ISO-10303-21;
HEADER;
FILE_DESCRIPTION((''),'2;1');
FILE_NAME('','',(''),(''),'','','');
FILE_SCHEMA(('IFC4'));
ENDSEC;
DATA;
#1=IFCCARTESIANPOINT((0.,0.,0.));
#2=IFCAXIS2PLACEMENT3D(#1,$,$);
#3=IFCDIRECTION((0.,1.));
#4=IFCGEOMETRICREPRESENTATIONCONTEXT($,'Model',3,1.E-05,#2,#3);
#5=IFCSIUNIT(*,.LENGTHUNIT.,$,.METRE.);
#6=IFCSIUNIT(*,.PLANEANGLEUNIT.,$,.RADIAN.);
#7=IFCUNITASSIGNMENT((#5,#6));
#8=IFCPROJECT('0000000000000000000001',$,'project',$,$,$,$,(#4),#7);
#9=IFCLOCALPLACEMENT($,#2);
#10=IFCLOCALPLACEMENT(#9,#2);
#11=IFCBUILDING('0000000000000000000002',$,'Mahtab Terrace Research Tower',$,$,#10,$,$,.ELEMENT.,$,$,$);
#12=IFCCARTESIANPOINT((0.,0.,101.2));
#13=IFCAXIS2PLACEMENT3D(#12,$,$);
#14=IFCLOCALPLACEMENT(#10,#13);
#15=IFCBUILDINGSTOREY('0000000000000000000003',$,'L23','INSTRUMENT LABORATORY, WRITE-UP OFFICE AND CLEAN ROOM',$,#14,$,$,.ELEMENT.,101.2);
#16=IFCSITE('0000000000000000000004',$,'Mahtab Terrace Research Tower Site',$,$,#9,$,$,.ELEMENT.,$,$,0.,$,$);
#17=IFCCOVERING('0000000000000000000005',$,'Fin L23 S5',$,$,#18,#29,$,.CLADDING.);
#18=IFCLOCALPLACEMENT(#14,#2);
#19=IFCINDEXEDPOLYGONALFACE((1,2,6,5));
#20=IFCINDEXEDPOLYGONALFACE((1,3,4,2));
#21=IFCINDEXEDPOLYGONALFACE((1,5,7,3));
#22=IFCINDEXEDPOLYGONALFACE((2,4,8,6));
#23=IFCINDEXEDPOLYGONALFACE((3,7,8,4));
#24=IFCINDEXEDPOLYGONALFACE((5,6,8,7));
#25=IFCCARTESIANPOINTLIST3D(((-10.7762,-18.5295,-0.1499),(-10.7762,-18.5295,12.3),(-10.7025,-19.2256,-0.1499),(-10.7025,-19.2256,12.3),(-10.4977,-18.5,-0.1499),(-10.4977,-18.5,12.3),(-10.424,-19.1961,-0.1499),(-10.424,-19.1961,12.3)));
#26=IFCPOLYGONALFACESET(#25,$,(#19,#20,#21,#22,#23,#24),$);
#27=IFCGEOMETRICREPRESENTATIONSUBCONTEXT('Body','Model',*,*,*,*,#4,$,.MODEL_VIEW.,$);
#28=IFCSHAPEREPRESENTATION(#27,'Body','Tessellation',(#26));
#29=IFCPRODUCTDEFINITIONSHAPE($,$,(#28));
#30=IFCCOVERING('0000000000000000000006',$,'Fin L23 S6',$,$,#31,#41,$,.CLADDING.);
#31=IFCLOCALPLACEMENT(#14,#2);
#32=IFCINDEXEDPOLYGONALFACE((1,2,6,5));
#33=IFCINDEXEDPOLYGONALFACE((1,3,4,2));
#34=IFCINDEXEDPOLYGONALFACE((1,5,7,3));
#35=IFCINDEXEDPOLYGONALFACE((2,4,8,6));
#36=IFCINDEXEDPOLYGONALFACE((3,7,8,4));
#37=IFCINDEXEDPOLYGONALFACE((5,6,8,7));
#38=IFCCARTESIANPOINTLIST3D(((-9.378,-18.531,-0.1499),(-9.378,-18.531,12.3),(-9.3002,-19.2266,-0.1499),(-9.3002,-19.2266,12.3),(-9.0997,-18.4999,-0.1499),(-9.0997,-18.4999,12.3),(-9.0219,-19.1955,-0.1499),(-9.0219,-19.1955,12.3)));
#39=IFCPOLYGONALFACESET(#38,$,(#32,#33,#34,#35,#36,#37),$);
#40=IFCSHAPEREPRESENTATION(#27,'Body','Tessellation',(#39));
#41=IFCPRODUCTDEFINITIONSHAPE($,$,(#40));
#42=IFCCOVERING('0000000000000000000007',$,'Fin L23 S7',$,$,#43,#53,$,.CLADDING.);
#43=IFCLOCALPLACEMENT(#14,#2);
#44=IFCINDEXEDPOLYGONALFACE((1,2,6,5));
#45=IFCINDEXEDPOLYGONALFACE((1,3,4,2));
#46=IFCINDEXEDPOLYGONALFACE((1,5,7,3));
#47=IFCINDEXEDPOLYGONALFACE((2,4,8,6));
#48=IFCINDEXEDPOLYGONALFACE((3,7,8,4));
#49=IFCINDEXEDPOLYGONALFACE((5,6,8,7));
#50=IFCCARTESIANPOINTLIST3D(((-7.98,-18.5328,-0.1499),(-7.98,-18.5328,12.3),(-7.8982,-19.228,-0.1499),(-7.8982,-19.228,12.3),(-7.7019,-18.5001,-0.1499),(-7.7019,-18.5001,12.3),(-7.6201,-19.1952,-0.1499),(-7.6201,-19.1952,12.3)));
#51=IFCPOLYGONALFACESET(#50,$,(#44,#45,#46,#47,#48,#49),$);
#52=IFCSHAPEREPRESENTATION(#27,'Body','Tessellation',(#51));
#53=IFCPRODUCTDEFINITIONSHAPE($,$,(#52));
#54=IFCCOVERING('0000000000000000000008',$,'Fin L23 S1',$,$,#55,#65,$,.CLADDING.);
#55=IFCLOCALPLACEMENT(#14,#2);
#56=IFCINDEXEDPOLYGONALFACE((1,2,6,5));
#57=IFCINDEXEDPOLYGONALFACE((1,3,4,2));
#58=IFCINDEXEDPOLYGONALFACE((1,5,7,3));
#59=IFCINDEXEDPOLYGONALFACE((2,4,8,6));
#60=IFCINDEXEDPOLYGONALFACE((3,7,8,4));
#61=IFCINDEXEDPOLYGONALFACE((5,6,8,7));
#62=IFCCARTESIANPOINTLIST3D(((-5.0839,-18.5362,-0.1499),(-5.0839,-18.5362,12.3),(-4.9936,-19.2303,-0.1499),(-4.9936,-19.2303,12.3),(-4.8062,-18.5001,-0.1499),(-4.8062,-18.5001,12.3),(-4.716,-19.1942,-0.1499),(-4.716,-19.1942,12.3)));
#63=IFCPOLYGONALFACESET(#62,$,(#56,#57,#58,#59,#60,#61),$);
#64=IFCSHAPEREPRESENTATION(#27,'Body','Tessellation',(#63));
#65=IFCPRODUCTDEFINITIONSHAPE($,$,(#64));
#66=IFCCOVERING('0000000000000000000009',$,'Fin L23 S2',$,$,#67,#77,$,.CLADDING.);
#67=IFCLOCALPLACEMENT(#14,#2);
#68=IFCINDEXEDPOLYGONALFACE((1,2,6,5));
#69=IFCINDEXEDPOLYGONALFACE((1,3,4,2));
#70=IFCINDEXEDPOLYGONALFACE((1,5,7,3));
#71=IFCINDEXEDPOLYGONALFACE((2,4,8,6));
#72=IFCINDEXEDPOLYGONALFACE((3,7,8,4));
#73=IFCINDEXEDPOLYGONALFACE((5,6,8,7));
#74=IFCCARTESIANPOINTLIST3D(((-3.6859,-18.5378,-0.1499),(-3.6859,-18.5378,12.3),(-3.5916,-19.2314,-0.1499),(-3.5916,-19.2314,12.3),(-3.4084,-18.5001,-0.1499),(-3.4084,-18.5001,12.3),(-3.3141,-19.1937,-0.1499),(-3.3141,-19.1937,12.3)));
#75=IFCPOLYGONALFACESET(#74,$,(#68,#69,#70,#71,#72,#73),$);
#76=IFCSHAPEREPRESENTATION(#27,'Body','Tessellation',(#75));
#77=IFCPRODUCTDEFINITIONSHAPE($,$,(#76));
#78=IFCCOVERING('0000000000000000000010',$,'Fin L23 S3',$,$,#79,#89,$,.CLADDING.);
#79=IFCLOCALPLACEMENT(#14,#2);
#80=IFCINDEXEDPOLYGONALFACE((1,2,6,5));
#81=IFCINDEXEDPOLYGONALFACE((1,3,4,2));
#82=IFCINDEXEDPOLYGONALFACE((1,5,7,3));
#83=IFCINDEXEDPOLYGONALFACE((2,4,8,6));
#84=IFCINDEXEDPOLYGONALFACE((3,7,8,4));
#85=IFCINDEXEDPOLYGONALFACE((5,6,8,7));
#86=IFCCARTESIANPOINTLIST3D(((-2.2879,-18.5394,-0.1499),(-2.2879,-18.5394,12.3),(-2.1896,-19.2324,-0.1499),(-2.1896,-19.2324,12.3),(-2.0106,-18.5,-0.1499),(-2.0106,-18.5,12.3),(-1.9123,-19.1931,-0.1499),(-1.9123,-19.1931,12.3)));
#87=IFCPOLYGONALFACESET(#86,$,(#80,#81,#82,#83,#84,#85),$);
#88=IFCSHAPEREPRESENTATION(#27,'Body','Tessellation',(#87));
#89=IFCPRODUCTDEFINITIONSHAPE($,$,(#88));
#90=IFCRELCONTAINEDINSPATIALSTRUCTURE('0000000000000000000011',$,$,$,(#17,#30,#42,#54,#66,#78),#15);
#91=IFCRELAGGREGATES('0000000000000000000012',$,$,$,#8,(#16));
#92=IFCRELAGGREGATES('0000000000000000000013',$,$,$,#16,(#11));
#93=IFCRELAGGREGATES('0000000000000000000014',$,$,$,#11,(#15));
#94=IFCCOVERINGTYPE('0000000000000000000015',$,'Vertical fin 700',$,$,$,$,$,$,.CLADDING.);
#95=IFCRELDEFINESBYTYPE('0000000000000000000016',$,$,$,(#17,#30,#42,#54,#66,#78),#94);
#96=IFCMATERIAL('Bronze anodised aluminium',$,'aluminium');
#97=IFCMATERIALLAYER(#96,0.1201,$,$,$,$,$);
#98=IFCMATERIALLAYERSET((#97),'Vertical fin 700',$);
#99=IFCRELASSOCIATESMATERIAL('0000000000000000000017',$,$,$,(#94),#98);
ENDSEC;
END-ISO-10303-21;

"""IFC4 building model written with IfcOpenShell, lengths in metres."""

from ifc_helpers import new_model, si_unit, direction, frame, origin, origin_2d, place, context, subcontext, project, spatial, rectangle, extrude, material, layer, layer_set, type_object, element, save


model = new_model("IFC4")

# Units and contexts
model_context = context("Model", 3, precision=1e-05, world=origin(), true_north=direction((0.0, 1.0)))
body_context = subcontext(model_context, "Body", "Model", "MODEL_VIEW")
ifc_project = project(units=[si_unit("LENGTHUNIT", "METRE"), si_unit("PLANEANGLEUNIT", "RADIAN")], contexts=[model_context])

# Site, building, storey
site_placement = place(None, origin())
site = spatial("IfcSite", under=ifc_project, at=site_placement, Name="Mahtab Terrace Research Tower Site", CompositionType="ELEMENT", RefElevation=0.0)
building_placement = place(site_placement, origin())
building = spatial("IfcBuilding", under=site, at=building_placement, Name="Mahtab Terrace Research Tower", CompositionType="ELEMENT")
storey_placement = place(building_placement, frame((0.0, 0.0, 101.2)))
storey = spatial("IfcBuildingStorey", under=building, at=storey_placement, Name="L23", Description="INSTRUMENT LABORATORY, WRITE-UP OFFICE AND CLEAN ROOM", CompositionType="ELEMENT", Elevation=101.2)

# Coverings
ifc_material_1 = material(Name="Bronze anodised aluminium", Category="aluminium")
ifc_layer_1 = layer(ifc_material_1, 0.1201)
ifc_layer_set_1 = layer_set([ifc_layer_1], Name="Vertical fin 700")
covering_type = type_object("IfcCoveringType", Name="Vertical fin 700", PredefinedType="CLADDING", material=ifc_layer_set_1)
for number, where, z_axis, x_axis, name in (
    (1, (-10.6001, -18.8628, -0.1499), (0.0, 0.0, 1.0), (0.994435, 0.105355, 0.0), "Fin L23 S5"),
    (2, (-9.2, -18.8633, -0.1499), (0.0, 0.0, 1.0), (0.993805, 0.111139, 0.0), "Fin L23 S6"),
    (3, (-7.8, -18.864, -0.1499), (0.0, 0.0, 1.0), (0.993142, 0.116918, 0.0), "Fin L23 S7"),
    (4, (-4.8999, -18.8652, -0.1499), (0.0, 0.0, 1.0), (0.99166, 0.128878, 0.0), "Fin L23 S1"),
    (5, (-3.5, -18.8657, -0.1499), (0.0, 0.0, 1.0), (0.990894, 0.134645, 0.0), "Fin L23 S2"),
    (6, (-2.1001, -18.8662, -0.1499), (0.0, 0.0, 1.0), (0.990094, 0.140408, 0.0), "Fin L23 S3"),
):
    element("IfcCovering", number, at=place(storey_placement, frame(where, z_axis=z_axis, x_axis=x_axis)), inside=storey, type_object=covering_type, Name=name, PredefinedType="CLADDING", context=body_context, shape_type="SweptSolid", body=[
        extrude(rectangle(XDim=0.28, YDim=0.7, at=origin_2d()), origin(), (0.0, 0.0, 1.0), 12.45),
    ])

save(model, "model.ifc")
